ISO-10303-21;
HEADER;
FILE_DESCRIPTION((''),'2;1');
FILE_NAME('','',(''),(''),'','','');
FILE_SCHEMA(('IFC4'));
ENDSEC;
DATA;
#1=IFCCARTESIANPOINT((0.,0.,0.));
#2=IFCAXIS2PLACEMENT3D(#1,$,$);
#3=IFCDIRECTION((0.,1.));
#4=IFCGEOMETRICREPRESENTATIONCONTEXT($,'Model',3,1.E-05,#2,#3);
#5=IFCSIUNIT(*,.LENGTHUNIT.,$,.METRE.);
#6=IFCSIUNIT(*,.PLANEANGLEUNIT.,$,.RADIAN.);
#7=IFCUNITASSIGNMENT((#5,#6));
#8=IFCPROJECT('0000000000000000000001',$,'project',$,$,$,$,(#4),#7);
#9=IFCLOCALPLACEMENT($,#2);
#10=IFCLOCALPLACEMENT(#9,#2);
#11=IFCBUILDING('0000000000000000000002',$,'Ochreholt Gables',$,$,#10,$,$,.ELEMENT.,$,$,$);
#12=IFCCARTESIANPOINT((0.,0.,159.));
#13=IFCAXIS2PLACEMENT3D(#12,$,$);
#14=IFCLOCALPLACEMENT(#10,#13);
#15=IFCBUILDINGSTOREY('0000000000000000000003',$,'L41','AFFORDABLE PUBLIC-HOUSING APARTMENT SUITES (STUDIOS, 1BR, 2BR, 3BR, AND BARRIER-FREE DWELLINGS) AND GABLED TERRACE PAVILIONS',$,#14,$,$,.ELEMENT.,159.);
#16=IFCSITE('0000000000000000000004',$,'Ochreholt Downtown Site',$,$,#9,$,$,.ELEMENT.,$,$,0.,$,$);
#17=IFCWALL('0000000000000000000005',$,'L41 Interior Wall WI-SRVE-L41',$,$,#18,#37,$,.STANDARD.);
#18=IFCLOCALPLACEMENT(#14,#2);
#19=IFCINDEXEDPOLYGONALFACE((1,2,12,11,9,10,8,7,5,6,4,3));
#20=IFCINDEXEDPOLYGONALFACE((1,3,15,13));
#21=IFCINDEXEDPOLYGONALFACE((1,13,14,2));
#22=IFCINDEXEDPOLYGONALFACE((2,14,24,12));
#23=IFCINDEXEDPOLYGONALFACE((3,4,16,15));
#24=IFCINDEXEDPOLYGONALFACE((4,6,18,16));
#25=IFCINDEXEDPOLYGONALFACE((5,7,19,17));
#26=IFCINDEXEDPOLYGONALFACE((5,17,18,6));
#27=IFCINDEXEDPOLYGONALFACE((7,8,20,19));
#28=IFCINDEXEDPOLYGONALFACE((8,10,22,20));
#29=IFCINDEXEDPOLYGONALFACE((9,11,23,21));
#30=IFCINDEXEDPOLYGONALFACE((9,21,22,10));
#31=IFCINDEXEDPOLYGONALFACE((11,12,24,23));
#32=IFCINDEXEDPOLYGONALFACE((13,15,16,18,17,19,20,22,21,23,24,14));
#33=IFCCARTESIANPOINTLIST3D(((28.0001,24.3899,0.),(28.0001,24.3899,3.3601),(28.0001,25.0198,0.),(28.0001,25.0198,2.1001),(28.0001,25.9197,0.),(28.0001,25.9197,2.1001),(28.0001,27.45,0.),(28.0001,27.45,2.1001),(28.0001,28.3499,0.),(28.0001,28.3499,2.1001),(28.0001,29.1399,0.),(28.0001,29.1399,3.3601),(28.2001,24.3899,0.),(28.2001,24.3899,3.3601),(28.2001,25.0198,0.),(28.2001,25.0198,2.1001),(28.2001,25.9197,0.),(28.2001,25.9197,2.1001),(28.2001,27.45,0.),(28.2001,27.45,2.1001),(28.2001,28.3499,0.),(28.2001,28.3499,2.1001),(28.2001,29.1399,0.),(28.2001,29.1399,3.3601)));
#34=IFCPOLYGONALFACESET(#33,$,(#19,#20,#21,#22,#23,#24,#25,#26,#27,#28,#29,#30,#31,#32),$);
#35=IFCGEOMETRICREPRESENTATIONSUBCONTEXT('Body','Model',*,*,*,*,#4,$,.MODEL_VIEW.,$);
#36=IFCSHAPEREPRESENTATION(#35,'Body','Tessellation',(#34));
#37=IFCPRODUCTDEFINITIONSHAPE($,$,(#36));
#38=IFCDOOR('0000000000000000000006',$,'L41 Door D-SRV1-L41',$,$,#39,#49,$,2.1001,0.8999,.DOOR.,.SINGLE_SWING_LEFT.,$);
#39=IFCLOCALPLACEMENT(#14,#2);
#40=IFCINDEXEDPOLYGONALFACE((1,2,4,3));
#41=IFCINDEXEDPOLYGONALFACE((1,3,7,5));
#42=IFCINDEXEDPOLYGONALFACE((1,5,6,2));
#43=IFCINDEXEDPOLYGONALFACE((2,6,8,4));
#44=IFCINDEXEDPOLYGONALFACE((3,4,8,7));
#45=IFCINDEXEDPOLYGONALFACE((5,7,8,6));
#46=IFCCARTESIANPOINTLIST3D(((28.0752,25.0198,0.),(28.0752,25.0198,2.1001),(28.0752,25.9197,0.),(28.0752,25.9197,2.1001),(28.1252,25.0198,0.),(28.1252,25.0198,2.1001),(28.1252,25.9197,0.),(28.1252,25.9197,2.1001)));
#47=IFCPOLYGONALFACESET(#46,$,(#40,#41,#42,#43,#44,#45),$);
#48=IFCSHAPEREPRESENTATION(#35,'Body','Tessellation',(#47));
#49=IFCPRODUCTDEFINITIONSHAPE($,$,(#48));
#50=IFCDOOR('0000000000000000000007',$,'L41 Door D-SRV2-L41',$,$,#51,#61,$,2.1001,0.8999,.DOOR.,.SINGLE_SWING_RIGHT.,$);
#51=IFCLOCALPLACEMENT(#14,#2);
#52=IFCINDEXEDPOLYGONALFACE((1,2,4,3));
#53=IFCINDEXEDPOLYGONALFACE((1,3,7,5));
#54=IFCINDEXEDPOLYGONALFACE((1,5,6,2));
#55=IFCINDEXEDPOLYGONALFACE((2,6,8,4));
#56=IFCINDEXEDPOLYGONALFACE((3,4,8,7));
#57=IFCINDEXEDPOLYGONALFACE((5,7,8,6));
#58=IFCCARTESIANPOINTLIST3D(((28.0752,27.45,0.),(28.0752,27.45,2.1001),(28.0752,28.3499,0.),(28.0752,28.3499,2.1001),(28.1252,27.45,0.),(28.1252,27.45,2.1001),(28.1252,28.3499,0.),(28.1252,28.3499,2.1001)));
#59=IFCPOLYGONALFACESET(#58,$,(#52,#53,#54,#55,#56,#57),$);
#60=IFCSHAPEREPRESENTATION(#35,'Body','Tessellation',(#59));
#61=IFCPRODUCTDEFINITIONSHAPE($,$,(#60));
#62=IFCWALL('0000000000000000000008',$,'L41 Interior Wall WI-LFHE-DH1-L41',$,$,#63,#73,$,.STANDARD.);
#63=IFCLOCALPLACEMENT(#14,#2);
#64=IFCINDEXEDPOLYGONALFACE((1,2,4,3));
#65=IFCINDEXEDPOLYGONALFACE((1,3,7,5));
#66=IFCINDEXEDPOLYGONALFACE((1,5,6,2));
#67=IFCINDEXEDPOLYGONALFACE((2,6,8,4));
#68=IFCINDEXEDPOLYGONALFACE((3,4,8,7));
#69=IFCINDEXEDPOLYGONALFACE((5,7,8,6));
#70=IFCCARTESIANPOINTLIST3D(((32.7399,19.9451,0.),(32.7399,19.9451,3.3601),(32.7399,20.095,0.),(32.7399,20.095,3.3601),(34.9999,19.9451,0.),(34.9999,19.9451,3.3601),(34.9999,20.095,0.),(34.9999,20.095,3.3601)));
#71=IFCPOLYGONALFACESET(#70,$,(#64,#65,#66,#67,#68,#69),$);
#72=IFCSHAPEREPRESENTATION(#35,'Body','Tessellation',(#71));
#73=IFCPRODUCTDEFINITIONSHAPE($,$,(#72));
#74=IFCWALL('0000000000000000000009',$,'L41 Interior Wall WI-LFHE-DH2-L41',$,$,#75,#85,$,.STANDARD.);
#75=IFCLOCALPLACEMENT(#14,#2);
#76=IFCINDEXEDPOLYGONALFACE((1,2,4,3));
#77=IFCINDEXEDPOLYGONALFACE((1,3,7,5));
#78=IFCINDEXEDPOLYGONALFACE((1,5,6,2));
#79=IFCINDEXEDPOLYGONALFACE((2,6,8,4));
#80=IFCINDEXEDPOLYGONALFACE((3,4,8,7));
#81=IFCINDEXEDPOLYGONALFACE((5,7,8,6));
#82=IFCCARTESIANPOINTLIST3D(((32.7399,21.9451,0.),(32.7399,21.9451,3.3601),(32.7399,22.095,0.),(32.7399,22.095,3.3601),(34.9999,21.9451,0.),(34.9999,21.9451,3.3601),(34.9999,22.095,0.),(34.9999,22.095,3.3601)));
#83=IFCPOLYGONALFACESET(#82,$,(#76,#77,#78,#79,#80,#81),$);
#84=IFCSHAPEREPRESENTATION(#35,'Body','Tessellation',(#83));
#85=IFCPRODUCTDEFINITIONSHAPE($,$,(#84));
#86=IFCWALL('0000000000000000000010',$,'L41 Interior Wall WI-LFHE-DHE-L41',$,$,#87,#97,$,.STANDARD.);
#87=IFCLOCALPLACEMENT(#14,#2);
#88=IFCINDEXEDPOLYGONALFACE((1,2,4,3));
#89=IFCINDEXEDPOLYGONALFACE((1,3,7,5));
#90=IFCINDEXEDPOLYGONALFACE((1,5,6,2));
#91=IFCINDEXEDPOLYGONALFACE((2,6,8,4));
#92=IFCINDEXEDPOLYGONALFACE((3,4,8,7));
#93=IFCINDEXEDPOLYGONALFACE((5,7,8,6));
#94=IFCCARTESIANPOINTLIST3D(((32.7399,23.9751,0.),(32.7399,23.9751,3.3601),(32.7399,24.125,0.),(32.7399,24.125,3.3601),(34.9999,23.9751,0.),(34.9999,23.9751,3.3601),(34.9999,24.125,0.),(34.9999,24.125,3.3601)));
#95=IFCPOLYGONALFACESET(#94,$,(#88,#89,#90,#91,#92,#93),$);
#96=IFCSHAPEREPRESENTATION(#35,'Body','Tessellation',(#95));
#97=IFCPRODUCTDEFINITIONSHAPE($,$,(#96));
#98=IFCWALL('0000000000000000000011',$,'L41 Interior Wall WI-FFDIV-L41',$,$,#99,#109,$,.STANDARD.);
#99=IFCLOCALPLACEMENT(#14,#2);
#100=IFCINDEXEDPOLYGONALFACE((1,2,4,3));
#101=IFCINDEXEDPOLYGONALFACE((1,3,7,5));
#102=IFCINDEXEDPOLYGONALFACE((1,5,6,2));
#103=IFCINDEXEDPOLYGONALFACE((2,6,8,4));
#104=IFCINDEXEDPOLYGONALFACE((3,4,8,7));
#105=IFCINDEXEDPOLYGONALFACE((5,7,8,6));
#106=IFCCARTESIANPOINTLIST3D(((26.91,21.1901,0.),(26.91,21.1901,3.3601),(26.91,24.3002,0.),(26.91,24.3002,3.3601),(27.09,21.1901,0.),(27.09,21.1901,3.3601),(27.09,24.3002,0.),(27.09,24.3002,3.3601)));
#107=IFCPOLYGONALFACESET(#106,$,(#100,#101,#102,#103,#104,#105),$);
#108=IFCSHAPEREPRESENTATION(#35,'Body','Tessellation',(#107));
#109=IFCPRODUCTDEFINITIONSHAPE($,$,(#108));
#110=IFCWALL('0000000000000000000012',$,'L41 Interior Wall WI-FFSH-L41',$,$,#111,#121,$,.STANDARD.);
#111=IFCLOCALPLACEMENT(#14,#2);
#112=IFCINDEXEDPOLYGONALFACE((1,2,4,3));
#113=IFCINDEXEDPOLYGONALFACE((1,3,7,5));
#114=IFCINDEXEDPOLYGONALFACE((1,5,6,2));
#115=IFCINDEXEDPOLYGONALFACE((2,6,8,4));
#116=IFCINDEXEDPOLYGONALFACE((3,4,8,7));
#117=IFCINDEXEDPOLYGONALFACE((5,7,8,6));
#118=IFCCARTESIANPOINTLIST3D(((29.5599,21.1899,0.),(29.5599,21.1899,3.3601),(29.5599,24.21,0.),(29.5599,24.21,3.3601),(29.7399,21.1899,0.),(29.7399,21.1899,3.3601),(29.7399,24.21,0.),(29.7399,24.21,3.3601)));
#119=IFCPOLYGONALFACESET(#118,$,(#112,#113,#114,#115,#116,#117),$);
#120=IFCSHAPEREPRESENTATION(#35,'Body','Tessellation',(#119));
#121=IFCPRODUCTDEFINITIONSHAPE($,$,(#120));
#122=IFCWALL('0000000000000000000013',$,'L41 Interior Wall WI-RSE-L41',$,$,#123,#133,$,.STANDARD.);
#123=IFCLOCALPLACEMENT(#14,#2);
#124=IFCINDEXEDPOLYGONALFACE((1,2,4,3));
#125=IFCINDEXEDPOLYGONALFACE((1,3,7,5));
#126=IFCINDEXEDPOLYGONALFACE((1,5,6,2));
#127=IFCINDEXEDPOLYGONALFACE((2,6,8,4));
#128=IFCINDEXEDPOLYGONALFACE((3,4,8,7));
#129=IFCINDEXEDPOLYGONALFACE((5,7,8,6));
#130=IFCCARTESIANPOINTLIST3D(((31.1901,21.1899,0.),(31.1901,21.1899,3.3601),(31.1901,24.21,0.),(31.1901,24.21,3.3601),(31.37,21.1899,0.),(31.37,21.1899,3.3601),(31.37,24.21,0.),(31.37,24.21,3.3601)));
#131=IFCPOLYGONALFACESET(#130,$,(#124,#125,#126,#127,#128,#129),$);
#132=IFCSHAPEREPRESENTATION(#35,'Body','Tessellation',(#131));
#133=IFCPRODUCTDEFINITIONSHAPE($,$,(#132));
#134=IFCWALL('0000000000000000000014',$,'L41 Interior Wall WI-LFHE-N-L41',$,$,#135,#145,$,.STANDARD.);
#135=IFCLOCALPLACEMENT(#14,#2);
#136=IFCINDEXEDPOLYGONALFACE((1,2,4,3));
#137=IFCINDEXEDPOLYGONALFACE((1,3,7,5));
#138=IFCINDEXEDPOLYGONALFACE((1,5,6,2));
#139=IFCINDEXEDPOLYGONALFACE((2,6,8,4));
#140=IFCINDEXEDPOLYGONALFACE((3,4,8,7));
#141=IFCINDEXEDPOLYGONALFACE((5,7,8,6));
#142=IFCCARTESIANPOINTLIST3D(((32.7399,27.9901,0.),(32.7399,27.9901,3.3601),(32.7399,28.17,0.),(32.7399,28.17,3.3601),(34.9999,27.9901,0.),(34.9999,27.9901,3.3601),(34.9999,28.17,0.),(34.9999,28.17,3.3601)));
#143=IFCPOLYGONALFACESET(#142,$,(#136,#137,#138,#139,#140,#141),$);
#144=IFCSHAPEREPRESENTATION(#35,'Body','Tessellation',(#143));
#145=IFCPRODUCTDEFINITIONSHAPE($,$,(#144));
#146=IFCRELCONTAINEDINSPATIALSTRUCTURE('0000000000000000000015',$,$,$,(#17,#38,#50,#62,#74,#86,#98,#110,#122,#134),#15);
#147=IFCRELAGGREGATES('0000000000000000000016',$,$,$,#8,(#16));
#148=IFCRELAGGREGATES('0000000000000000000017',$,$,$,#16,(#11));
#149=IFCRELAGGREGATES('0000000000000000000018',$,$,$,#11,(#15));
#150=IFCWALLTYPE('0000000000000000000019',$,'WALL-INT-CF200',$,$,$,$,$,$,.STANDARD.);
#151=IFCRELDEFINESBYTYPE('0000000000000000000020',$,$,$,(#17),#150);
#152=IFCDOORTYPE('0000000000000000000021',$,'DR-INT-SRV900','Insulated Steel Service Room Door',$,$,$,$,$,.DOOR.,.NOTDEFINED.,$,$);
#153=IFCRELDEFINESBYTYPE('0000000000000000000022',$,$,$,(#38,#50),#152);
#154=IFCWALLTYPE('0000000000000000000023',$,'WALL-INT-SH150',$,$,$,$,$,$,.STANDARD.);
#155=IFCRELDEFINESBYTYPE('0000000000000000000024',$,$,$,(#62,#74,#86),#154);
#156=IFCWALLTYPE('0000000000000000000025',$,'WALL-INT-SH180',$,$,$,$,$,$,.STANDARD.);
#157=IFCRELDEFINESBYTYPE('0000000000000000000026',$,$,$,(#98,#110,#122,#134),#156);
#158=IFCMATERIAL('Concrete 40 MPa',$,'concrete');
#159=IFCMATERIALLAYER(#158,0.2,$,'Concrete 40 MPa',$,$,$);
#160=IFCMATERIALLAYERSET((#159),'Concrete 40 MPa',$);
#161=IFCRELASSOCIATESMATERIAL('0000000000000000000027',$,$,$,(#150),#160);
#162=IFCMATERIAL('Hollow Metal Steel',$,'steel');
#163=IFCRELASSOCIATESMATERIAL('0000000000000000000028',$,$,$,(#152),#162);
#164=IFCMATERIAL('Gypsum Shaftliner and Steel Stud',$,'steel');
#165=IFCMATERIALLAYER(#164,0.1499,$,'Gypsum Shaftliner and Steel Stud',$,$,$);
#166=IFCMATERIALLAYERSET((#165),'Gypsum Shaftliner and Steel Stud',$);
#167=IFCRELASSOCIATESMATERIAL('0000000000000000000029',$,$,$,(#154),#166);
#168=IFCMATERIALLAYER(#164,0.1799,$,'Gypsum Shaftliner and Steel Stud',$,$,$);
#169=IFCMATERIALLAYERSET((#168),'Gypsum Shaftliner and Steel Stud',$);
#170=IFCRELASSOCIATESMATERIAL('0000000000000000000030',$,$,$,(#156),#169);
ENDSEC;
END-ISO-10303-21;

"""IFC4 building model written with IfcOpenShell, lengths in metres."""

from ifc_helpers import new_model, si_unit, direction, frame, frame_2d, origin, place, context, subcontext, project, spatial, rectangle, extrude, material, layer, layer_set, type_object, element, fill, save


model = new_model("IFC4")

# Units and contexts
model_context = context("Model", 3, precision=1e-05, world=origin(), true_north=direction((0.0, 1.0)))
body_context = subcontext(model_context, "Body", "Model", "MODEL_VIEW")
ifc_project = project(units=[si_unit("LENGTHUNIT", "METRE"), si_unit("PLANEANGLEUNIT", "RADIAN")], contexts=[model_context])

# Site, building, storey
site_placement = place(None, origin())
site = spatial("IfcSite", under=ifc_project, at=site_placement, Name="Ochreholt Downtown Site", CompositionType="ELEMENT", RefElevation=0.0)
building_placement = place(site_placement, origin())
building = spatial("IfcBuilding", under=site, at=building_placement, Name="Ochreholt Gables", CompositionType="ELEMENT")
storey_placement = place(building_placement, frame((0.0, 0.0, 159.0)))
storey = spatial("IfcBuildingStorey", under=building, at=storey_placement, Name="L41", Description="AFFORDABLE PUBLIC-HOUSING APARTMENT SUITES (STUDIOS, 1BR, 2BR, 3BR, AND BARRIER-FREE DWELLINGS) AND GABLED TERRACE PAVILIONS", CompositionType="ELEMENT", Elevation=159.0)

# Wall, openings, doors
ifc_material_1 = material(Name="Concrete 40 MPa", Category="concrete")
ifc_layer_1 = layer(ifc_material_1, 0.2, Name="Concrete 40 MPa")
ifc_layer_set_1 = layer_set([ifc_layer_1], Name="Concrete 40 MPa")
wall_type_1 = type_object("IfcWallType", Name="WALL-INT-CF200", PredefinedType="STANDARD", material=ifc_layer_set_1)
wall_1_placement = place(storey_placement, frame((28.1001, 24.3899, 0.0), z_axis=(0.0, 0.0, 1.0), x_axis=(0.0, 1.0, 0.0)))
wall_1 = element("IfcWall", 1, at=wall_1_placement, inside=storey, type_object=wall_type_1, Name="L41 Interior Wall WI-SRVE-L41", PredefinedType="STANDARD", context=body_context, shape_type="SweptSolid", body=[
    extrude(rectangle(XDim=4.75, YDim=0.2, at=frame_2d((2.375, 0.0))), origin(), (0.0, 0.0, 1.0), 3.3601),
])
opening_1_placement = place(wall_1_placement, frame((0.6299, 0.0, 0.0)))
opening_1 = element("IfcOpeningElement", 2, at=opening_1_placement, cuts=wall_1, PredefinedType="OPENING", context=body_context, shape_type="SweptSolid", body=[
    extrude(rectangle(XDim=0.8999, YDim=2.1001, at=frame_2d((0.45, 1.05))), frame((0.0, 0.1099, 0.0), z_axis=(0.0, -1.0, 0.0), x_axis=(1.0, 0.0, 0.0)), (0.0, 0.0, 1.0), 0.22),
])
opening_2_placement = place(wall_1_placement, frame((3.0601, 0.0, 0.0)))
opening_2 = element("IfcOpeningElement", 3, at=opening_2_placement, cuts=wall_1, PredefinedType="OPENING", context=body_context, shape_type="SweptSolid", body=[
    extrude(rectangle(XDim=0.8999, YDim=2.1001, at=frame_2d((0.45, 1.05))), frame((0.0, 0.1099, 0.0), z_axis=(0.0, -1.0, 0.0), x_axis=(1.0, 0.0, 0.0)), (0.0, 0.0, 1.0), 0.22),
])
ifc_material_2 = material(Name="Hollow Metal Steel", Category="steel")
door_type_1 = type_object("IfcDoorType", Name="DR-INT-SRV900", Description="Insulated Steel Service Room Door", OperationType="NOTDEFINED", PredefinedType="DOOR", material=ifc_material_2)
door_1_placement = place(opening_1_placement, origin())
door_1 = element("IfcDoor", 4, at=door_1_placement, inside=storey, type_object=door_type_1, Name="L41 Door D-SRV1-L41", OperationType="SINGLE_SWING_LEFT", OverallHeight=2.1001, OverallWidth=0.8999, PredefinedType="DOOR", context=body_context, shape_type="SweptSolid", body=[
    extrude(rectangle(XDim=0.8999, YDim=2.1001, at=frame_2d((0.45, 1.05))), frame((0.0, 0.0249, 0.0), z_axis=(0.0, -1.0, 0.0), x_axis=(1.0, 0.0, 0.0)), (0.0, 0.0, 1.0), 0.05),
])
fill(opening_1, door_1)
door_2_placement = place(opening_2_placement, origin())
door_2 = element("IfcDoor", 5, at=door_2_placement, inside=storey, type_object=door_type_1, Name="L41 Door D-SRV2-L41", OperationType="SINGLE_SWING_RIGHT", OverallHeight=2.1001, OverallWidth=0.8999, PredefinedType="DOOR", context=body_context, shape_type="SweptSolid", body=[
    extrude(rectangle(XDim=0.8999, YDim=2.1001, at=frame_2d((0.45, 1.05))), frame((0.0, 0.0249, 0.0), z_axis=(0.0, -1.0, 0.0), x_axis=(1.0, 0.0, 0.0)), (0.0, 0.0, 1.0), 0.05),
])
fill(opening_2, door_2)

# Walls
ifc_material_3 = material(Name="Gypsum Shaftliner and Steel Stud", Category="steel")
ifc_layer_2 = layer(ifc_material_3, 0.1499, Name="Gypsum Shaftliner and Steel Stud")
ifc_layer_set_2 = layer_set([ifc_layer_2], Name="Gypsum Shaftliner and Steel Stud")
wall_type_2 = type_object("IfcWallType", Name="WALL-INT-SH150", PredefinedType="STANDARD", material=ifc_layer_set_2)
for number, where, z_axis, x_axis, name in (
    (6, (32.74, 20.02, 0.0), (0.0, 0.0, 1.0), (1.0, 0.0, 0.0), "L41 Interior Wall WI-LFHE-DH1-L41"),
    (7, (32.74, 22.02, 0.0), (0.0, 0.0, 1.0), (1.0, 0.0, 0.0), "L41 Interior Wall WI-LFHE-DH2-L41"),
    (8, (32.74, 24.05, 0.0), (0.0, 0.0, 1.0), (1.0, 0.0, 0.0), "L41 Interior Wall WI-LFHE-DHE-L41"),
):
    element("IfcWall", number, at=place(storey_placement, frame(where, z_axis=z_axis, x_axis=x_axis)), inside=storey, type_object=wall_type_2, Name=name, PredefinedType="STANDARD", context=body_context, shape_type="SweptSolid", body=[
        extrude(rectangle(XDim=2.26, YDim=0.1499, at=frame_2d((1.1299, 0.0))), origin(), (0.0, 0.0, 1.0), 3.3601),
    ])
ifc_layer_3 = layer(ifc_material_3, 0.1799, Name="Gypsum Shaftliner and Steel Stud")
ifc_layer_set_3 = layer_set([ifc_layer_3], Name="Gypsum Shaftliner and Steel Stud")
wall_type_3 = type_object("IfcWallType", Name="WALL-INT-SH180", PredefinedType="STANDARD", material=ifc_layer_set_3)
wall_2_placement = place(storey_placement, frame((27.0, 21.1899, 0.0), z_axis=(0.0, 0.0, 1.0), x_axis=(0.0, 1.0, 0.0)))
element("IfcWall", 9, at=wall_2_placement, inside=storey, type_object=wall_type_3, Name="L41 Interior Wall WI-FFDIV-L41", PredefinedType="STANDARD", context=body_context, shape_type="SweptSolid", body=[
    extrude(rectangle(XDim=3.1101, YDim=0.1799, at=frame_2d((1.5552, 0.0))), origin(), (0.0, 0.0, 1.0), 3.3601),
])
for number, where, z_axis, x_axis, name in (
    (10, (29.6499, 21.1899, 0.0), (0.0, 0.0, 1.0), (0.0, 1.0, 0.0), "L41 Interior Wall WI-FFSH-L41"),
    (11, (31.28, 21.1899, 0.0), (0.0, 0.0, 1.0), (0.0, 1.0, 0.0), "L41 Interior Wall WI-RSE-L41"),
):
    element("IfcWall", number, at=place(storey_placement, frame(where, z_axis=z_axis, x_axis=x_axis)), inside=storey, type_object=wall_type_3, Name=name, PredefinedType="STANDARD", context=body_context, shape_type="SweptSolid", body=[
        extrude(rectangle(XDim=3.02, YDim=0.1799, at=frame_2d((1.51, 0.0))), origin(), (0.0, 0.0, 1.0), 3.3601),
    ])
wall_3_placement = place(storey_placement, frame((32.74, 28.0801, 0.0), z_axis=(0.0, 0.0, 1.0), x_axis=(1.0, 0.0, 0.0)))
element("IfcWall", 12, at=wall_3_placement, inside=storey, type_object=wall_type_3, Name="L41 Interior Wall WI-LFHE-N-L41", PredefinedType="STANDARD", context=body_context, shape_type="SweptSolid", body=[
    extrude(rectangle(XDim=2.26, YDim=0.1799, at=frame_2d((1.1299, 0.0))), origin(), (0.0, 0.0, 1.0), 3.3601),
])

save(model, "model.ifc")
